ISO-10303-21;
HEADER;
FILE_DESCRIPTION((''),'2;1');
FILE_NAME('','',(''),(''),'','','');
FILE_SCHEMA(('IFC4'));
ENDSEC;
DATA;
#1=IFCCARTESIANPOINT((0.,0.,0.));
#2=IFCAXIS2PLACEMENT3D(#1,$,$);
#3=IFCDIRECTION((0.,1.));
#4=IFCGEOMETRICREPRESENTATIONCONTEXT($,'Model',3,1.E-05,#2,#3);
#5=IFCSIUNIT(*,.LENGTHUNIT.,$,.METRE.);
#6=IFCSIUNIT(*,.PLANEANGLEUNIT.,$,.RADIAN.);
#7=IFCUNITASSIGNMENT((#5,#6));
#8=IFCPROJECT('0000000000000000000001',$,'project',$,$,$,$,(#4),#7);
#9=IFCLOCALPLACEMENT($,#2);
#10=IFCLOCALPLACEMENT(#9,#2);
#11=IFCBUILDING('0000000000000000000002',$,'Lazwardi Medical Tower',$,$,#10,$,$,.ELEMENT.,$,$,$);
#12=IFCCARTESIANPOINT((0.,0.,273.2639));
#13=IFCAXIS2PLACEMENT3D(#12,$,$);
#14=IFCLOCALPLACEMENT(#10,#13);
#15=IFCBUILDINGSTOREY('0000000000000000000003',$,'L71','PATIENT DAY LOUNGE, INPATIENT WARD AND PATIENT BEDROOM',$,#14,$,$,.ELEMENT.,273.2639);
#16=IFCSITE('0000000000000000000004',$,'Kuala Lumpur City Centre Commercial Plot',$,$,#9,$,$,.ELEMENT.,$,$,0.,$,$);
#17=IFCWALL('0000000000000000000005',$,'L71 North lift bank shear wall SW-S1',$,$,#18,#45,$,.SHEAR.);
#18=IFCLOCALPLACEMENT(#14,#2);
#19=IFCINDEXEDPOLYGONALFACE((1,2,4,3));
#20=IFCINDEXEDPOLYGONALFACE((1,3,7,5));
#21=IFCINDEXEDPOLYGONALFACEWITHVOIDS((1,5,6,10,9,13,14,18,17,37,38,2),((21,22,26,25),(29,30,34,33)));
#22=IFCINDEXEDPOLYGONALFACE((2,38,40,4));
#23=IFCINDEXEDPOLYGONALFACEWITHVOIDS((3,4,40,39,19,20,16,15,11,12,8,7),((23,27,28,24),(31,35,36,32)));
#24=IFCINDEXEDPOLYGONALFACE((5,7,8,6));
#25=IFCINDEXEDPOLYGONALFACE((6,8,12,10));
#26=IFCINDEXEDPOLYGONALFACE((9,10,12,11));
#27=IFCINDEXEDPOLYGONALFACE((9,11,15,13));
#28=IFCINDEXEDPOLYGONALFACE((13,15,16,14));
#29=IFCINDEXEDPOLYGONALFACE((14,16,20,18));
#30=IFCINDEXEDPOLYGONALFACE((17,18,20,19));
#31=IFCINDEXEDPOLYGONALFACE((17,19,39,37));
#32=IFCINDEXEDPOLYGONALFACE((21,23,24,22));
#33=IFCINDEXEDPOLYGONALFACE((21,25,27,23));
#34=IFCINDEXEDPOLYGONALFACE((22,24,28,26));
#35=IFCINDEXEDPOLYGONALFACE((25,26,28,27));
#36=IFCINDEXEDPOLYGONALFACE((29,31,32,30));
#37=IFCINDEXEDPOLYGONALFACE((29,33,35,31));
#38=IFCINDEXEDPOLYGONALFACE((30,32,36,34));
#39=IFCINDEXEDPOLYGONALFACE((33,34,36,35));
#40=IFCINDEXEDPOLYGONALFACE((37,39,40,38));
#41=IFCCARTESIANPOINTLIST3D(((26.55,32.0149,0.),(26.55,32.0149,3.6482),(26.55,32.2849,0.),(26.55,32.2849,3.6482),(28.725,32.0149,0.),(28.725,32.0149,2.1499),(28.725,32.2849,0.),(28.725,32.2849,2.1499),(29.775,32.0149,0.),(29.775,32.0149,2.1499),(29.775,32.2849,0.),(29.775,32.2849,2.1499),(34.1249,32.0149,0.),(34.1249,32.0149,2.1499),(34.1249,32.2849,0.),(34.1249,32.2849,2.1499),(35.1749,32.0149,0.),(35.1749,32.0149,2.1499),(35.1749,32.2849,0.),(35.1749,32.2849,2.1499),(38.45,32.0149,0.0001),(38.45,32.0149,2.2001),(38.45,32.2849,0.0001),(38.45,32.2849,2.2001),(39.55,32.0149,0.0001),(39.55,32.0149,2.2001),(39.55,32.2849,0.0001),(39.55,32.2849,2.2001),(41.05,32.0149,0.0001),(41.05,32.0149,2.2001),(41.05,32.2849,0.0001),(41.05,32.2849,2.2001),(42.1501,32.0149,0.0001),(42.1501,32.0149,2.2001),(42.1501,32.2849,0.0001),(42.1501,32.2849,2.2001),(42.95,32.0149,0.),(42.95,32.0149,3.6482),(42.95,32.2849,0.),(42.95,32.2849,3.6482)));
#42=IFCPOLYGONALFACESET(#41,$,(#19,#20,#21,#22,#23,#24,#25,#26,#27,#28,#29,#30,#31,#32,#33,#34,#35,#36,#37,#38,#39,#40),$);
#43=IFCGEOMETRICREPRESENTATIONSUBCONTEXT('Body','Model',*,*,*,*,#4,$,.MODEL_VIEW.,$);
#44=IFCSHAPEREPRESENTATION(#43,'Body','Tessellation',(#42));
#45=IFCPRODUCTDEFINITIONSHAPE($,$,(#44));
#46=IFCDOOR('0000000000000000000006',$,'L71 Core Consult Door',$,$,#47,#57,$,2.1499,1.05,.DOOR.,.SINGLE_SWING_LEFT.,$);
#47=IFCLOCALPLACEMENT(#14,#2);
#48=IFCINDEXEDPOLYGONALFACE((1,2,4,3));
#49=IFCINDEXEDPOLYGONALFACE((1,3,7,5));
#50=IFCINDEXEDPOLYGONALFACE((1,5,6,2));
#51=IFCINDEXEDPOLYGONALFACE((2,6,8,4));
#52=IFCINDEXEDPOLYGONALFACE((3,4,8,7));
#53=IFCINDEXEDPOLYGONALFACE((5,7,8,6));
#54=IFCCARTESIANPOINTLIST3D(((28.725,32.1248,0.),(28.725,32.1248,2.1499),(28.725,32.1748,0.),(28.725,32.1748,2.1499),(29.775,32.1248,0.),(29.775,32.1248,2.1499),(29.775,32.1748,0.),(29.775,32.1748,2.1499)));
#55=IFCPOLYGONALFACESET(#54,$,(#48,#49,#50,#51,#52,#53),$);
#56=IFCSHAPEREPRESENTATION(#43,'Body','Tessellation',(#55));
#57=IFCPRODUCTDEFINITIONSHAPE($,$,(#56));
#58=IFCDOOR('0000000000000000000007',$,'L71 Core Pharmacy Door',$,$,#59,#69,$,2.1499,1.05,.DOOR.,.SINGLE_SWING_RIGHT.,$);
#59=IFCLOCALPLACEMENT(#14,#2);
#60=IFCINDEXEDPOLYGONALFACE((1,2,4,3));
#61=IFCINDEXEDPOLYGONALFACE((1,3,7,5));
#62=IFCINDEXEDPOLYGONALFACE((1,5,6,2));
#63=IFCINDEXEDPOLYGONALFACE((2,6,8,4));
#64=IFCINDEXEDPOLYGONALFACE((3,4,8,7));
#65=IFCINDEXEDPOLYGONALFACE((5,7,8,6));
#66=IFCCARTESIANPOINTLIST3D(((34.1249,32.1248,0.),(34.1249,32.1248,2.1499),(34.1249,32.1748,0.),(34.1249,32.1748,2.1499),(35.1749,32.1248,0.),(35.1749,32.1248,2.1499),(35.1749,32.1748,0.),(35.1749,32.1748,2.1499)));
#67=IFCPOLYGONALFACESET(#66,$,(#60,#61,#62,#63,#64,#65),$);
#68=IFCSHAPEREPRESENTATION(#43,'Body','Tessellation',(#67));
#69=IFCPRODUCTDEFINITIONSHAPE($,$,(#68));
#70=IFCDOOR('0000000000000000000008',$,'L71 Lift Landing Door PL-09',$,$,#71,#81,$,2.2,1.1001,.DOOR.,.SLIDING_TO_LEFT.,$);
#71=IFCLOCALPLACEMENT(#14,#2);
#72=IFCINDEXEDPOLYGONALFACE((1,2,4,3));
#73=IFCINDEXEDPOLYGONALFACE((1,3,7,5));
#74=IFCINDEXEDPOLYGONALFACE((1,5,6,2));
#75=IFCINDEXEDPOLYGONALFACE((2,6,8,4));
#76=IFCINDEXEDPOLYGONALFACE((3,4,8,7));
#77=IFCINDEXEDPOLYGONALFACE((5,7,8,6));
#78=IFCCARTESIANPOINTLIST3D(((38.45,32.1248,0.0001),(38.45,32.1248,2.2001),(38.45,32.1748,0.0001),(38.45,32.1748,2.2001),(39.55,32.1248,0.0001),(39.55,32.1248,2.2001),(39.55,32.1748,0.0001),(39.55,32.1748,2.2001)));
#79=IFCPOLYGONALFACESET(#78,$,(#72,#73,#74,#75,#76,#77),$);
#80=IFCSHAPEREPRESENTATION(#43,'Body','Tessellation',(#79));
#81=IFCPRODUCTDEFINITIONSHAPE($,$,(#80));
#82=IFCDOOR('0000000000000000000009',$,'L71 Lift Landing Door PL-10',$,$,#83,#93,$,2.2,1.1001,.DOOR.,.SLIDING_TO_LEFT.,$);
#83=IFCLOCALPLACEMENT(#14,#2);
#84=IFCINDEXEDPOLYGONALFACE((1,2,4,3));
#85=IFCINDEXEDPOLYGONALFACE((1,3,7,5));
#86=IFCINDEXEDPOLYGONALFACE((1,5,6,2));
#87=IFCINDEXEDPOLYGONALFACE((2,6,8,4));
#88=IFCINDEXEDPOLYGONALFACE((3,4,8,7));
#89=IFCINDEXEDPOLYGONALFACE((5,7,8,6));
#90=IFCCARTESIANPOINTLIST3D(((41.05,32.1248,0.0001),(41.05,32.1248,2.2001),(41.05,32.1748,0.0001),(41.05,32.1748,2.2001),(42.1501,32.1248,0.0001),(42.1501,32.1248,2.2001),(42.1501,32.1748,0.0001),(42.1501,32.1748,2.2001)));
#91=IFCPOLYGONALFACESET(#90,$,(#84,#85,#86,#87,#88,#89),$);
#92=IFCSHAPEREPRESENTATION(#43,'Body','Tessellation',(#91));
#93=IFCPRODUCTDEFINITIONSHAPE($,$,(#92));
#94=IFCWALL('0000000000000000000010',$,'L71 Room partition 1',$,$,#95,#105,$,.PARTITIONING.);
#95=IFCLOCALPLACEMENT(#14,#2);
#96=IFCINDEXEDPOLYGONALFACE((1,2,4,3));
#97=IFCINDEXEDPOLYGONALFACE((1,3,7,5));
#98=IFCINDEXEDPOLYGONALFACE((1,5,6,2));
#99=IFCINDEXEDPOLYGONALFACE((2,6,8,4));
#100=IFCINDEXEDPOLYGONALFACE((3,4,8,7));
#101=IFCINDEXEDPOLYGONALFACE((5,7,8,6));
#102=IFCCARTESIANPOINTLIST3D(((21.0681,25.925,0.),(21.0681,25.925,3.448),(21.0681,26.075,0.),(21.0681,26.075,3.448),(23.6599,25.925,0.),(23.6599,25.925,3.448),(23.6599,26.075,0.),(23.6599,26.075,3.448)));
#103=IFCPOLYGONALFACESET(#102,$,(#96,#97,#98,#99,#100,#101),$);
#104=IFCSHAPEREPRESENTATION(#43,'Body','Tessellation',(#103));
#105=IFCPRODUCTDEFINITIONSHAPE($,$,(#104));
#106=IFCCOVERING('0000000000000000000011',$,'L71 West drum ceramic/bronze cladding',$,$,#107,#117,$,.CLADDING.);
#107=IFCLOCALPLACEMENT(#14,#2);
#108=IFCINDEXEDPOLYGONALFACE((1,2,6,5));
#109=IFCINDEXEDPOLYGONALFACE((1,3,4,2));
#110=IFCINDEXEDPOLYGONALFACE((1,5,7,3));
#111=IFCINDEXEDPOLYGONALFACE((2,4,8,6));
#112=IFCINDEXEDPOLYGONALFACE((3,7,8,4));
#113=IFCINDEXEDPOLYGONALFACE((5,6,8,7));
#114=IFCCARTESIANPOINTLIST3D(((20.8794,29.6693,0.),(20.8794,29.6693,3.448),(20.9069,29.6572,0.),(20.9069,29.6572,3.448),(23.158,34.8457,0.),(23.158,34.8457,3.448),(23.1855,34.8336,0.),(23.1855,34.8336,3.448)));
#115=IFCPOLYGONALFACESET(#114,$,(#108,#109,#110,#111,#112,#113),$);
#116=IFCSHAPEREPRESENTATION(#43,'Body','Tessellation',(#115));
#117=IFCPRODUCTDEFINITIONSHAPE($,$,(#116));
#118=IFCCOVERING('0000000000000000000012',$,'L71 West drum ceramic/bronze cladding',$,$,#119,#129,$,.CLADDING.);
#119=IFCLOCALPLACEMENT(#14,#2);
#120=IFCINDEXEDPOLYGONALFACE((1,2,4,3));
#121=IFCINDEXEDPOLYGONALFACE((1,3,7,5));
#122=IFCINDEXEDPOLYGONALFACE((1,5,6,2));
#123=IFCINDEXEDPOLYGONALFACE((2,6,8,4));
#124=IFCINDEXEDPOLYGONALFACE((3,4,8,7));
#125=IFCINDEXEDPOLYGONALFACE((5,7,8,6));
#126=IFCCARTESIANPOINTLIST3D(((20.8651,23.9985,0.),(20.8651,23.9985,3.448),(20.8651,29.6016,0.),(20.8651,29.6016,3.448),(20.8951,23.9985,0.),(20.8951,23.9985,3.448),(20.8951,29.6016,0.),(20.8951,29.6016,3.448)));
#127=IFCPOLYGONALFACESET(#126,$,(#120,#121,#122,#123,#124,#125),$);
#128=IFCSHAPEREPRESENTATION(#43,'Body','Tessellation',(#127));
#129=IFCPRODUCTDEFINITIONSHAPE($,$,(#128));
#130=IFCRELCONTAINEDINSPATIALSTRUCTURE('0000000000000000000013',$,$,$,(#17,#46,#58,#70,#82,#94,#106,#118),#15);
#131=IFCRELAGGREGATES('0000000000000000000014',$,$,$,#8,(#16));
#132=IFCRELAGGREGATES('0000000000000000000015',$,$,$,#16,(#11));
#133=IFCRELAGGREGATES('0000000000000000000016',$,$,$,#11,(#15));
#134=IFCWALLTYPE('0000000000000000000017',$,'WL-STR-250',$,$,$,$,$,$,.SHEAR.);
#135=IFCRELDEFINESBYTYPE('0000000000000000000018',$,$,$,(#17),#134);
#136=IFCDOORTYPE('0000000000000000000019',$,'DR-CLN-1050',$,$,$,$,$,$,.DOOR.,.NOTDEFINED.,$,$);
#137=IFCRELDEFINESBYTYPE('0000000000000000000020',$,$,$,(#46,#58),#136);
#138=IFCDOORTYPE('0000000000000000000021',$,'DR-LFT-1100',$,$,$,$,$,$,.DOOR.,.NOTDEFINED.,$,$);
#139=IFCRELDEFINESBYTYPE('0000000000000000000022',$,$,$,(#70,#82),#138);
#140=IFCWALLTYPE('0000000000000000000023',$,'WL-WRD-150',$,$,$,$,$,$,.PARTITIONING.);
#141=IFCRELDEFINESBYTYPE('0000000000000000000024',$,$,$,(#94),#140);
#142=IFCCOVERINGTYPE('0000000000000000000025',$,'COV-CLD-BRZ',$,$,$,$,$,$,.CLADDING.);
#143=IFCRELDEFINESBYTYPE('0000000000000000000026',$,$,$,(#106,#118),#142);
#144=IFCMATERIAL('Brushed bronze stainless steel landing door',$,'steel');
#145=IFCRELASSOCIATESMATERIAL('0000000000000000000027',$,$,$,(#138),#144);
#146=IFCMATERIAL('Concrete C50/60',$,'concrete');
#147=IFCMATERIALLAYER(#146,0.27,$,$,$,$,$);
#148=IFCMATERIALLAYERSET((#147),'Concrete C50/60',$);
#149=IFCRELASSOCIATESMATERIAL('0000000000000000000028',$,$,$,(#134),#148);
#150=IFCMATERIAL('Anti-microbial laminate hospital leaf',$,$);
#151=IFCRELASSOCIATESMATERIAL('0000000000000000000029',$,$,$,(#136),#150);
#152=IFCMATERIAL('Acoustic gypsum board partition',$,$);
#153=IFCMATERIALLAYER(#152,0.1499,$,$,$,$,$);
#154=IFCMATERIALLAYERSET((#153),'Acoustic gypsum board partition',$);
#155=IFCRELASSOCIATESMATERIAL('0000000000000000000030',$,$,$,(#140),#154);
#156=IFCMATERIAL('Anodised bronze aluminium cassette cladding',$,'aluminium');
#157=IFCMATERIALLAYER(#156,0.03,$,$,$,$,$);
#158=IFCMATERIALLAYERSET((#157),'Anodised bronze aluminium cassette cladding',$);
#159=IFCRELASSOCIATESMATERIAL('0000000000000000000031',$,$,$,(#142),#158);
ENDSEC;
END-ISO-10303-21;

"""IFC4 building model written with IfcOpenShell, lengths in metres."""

from ifc_helpers import new_model, si_unit, direction, frame, frame_2d, origin, origin_2d, place, context, subcontext, project, spatial, rectangle, extrude, material, layer, layer_set, type_object, element, fill, save


model = new_model("IFC4")

# Units and contexts
model_context = context("Model", 3, precision=1e-05, world=origin(), true_north=direction((0.0, 1.0)))
body_context = subcontext(model_context, "Body", "Model", "MODEL_VIEW")
ifc_project = project(units=[si_unit("LENGTHUNIT", "METRE"), si_unit("PLANEANGLEUNIT", "RADIAN")], contexts=[model_context])

# Site, building, storey
site_placement = place(None, origin())
site = spatial("IfcSite", under=ifc_project, at=site_placement, Name="Kuala Lumpur City Centre Commercial Plot", CompositionType="ELEMENT", RefElevation=0.0)
building_placement = place(site_placement, origin())
building = spatial("IfcBuilding", under=site, at=building_placement, Name="Lazwardi Medical Tower", CompositionType="ELEMENT")
storey_placement = place(building_placement, frame((0.0, 0.0, 273.2639)))
storey = spatial("IfcBuildingStorey", under=building, at=storey_placement, Name="L71", Description="PATIENT DAY LOUNGE, INPATIENT WARD AND PATIENT BEDROOM", CompositionType="ELEMENT", Elevation=273.2639)

# Shared definitions
ifc_material_1 = material(Name="Anti-microbial laminate hospital leaf")
ifc_material_2 = material(Name="Brushed bronze stainless steel landing door", Category="steel")
door_type_1 = type_object("IfcDoorType", Name="DR-LFT-1100", OperationType="NOTDEFINED", PredefinedType="DOOR", material=ifc_material_2)

# Shared definitions
ifc_material_3 = material(Name="Concrete C50/60", Category="concrete")
ifc_layer_1 = layer(ifc_material_3, 0.27)
ifc_layer_set_1 = layer_set([ifc_layer_1], Name="Concrete C50/60")
wall_type_1 = type_object("IfcWallType", Name="WL-STR-250", PredefinedType="SHEAR", material=ifc_layer_set_1)

# Wall, openings, doors
wall_1_placement = place(storey_placement, frame((26.55, 32.1499, 0.0), z_axis=(0.0, 0.0, 1.0), x_axis=(1.0, 0.0, 0.0)))
wall_1 = element("IfcWall", 1, at=wall_1_placement, inside=storey, type_object=wall_type_1, Name="L71 North lift bank shear wall SW-S1", PredefinedType="SHEAR", context=body_context, shape_type="SweptSolid", body=[
    extrude(rectangle(XDim=16.3999, YDim=0.27, at=frame_2d((8.2, 0.0))), origin(), (0.0, 0.0, 1.0), 3.6482),
])
opening_1_placement = place(wall_1_placement, frame((2.175, 0.0, 0.0)))
opening_1 = element("IfcOpeningElement", 2, at=opening_1_placement, cuts=wall_1, PredefinedType="OPENING", context=body_context, shape_type="SweptSolid", body=[
    extrude(rectangle(XDim=1.05, YDim=2.1499, at=frame_2d((0.5249, 1.075))), frame((0.0, 0.145, 0.0), z_axis=(0.0, -1.0, 0.0), x_axis=(1.0, 0.0, 0.0)), (0.0, 0.0, 1.0), 0.29),
])
opening_2_placement = place(wall_1_placement, frame((7.575, 0.0, 0.0)))
opening_2 = element("IfcOpeningElement", 3, at=opening_2_placement, cuts=wall_1, PredefinedType="OPENING", context=body_context, shape_type="SweptSolid", body=[
    extrude(rectangle(XDim=1.05, YDim=2.1499, at=frame_2d((0.5249, 1.075))), frame((0.0, 0.145, 0.0), z_axis=(0.0, -1.0, 0.0), x_axis=(1.0, 0.0, 0.0)), (0.0, 0.0, 1.0), 0.29),
])
opening_3_placement = place(wall_1_placement, frame((11.8999, 0.0, 0.0)))
opening_3 = element("IfcOpeningElement", 4, at=opening_3_placement, cuts=wall_1, PredefinedType="OPENING", context=body_context, shape_type="SweptSolid", body=[
    extrude(rectangle(XDim=1.1001, YDim=2.2, at=frame_2d((0.55, 1.1001))), frame((0.0, 0.145, 0.0), z_axis=(0.0, -1.0, 0.0), x_axis=(1.0, 0.0, 0.0)), (0.0, 0.0, 1.0), 0.29),
])
opening_4_placement = place(wall_1_placement, frame((14.5, 0.0, 0.0)))
opening_4 = element("IfcOpeningElement", 5, at=opening_4_placement, cuts=wall_1, PredefinedType="OPENING", context=body_context, shape_type="SweptSolid", body=[
    extrude(rectangle(XDim=1.1001, YDim=2.2, at=frame_2d((0.55, 1.1001))), frame((0.0, 0.145, 0.0), z_axis=(0.0, -1.0, 0.0), x_axis=(1.0, 0.0, 0.0)), (0.0, 0.0, 1.0), 0.29),
])
door_type_2 = type_object("IfcDoorType", Name="DR-CLN-1050", OperationType="NOTDEFINED", PredefinedType="DOOR", material=ifc_material_1)
door_1_placement = place(opening_1_placement, origin())
door_1 = element("IfcDoor", 6, at=door_1_placement, inside=storey, type_object=door_type_2, Name="L71 Core Consult Door", OperationType="SINGLE_SWING_LEFT", OverallHeight=2.1499, OverallWidth=1.05, PredefinedType="DOOR", context=body_context, shape_type="SweptSolid", body=[
    extrude(rectangle(XDim=1.05, YDim=2.1499, at=frame_2d((0.5249, 1.075))), frame((0.0, 0.0249, 0.0), z_axis=(0.0, -1.0, 0.0), x_axis=(1.0, 0.0, 0.0)), (0.0, 0.0, 1.0), 0.05),
])
fill(opening_1, door_1)
door_2_placement = place(opening_2_placement, origin())
door_2 = element("IfcDoor", 7, at=door_2_placement, inside=storey, type_object=door_type_2, Name="L71 Core Pharmacy Door", OperationType="SINGLE_SWING_RIGHT", OverallHeight=2.1499, OverallWidth=1.05, PredefinedType="DOOR", context=body_context, shape_type="SweptSolid", body=[
    extrude(rectangle(XDim=1.05, YDim=2.1499, at=frame_2d((0.5249, 1.075))), frame((0.0, 0.0249, 0.0), z_axis=(0.0, -1.0, 0.0), x_axis=(1.0, 0.0, 0.0)), (0.0, 0.0, 1.0), 0.05),
])
fill(opening_2, door_2)
door_3_placement = place(opening_3_placement, origin())
door_3 = element("IfcDoor", 8, at=door_3_placement, inside=storey, type_object=door_type_1, Name="L71 Lift Landing Door PL-09", OperationType="SLIDING_TO_LEFT", OverallHeight=2.2, OverallWidth=1.1001, PredefinedType="DOOR", context=body_context, shape_type="SweptSolid", body=[
    extrude(rectangle(XDim=1.1001, YDim=2.2, at=frame_2d((0.55, 1.1001))), frame((0.0, 0.0249, 0.0), z_axis=(0.0, -1.0, 0.0), x_axis=(1.0, 0.0, 0.0)), (0.0, 0.0, 1.0), 0.05),
])
fill(opening_3, door_3)
door_4_placement = place(opening_4_placement, origin())
door_4 = element("IfcDoor", 9, at=door_4_placement, inside=storey, type_object=door_type_1, Name="L71 Lift Landing Door PL-10", OperationType="SLIDING_TO_LEFT", OverallHeight=2.2, OverallWidth=1.1001, PredefinedType="DOOR", context=body_context, shape_type="SweptSolid", body=[
    extrude(rectangle(XDim=1.1001, YDim=2.2, at=frame_2d((0.55, 1.1001))), frame((0.0, 0.0249, 0.0), z_axis=(0.0, -1.0, 0.0), x_axis=(1.0, 0.0, 0.0)), (0.0, 0.0, 1.0), 0.05),
])
fill(opening_4, door_4)

# Wall
ifc_material_4 = material(Name="Acoustic gypsum board partition")
ifc_layer_2 = layer(ifc_material_4, 0.1499)
ifc_layer_set_2 = layer_set([ifc_layer_2], Name="Acoustic gypsum board partition")
wall_type_2 = type_object("IfcWallType", Name="WL-WRD-150", PredefinedType="PARTITIONING", material=ifc_layer_set_2)
wall_2_placement = place(storey_placement, frame((21.0681, 26.0, 0.0), z_axis=(0.0, 0.0, 1.0), x_axis=(1.0, 0.0, 0.0)))
element("IfcWall", 10, at=wall_2_placement, inside=storey, type_object=wall_type_2, Name="L71 Room partition 1", PredefinedType="PARTITIONING", context=body_context, shape_type="SweptSolid", body=[
    extrude(rectangle(XDim=2.5918, YDim=0.1499, at=frame_2d((1.2959, 0.0))), origin(), (0.0, 0.0, 1.0), 3.448),
])

# Coverings
ifc_material_5 = material(Name="Anodised bronze aluminium cassette cladding", Category="aluminium")
ifc_layer_3 = layer(ifc_material_5, 0.03)
ifc_layer_set_3 = layer_set([ifc_layer_3], Name="Anodised bronze aluminium cassette cladding")
covering_type = type_object("IfcCoveringType", Name="COV-CLD-BRZ", PredefinedType="CLADDING", material=ifc_layer_set_3)
covering_1_placement = place(storey_placement, frame((22.0325, 32.2515, 0.0), z_axis=(0.0, 0.0, 1.0), x_axis=(-0.402878, -0.915254, 0.0)))
element("IfcCovering", 11, at=covering_1_placement, inside=storey, type_object=covering_type, Name="L71 West drum ceramic/bronze cladding", PredefinedType="CLADDING", context=body_context, shape_type="SweptSolid", body=[
    extrude(rectangle(XDim=5.6558, YDim=0.03, at=origin_2d()), origin(), (0.0, 0.0, 1.0), 3.448),
])
covering_2_placement = place(storey_placement, frame((20.8801, 26.8, 0.0), z_axis=(0.0, 0.0, 1.0), x_axis=(0.0, -1.0, 0.0)))
element("IfcCovering", 12, at=covering_2_placement, inside=storey, type_object=covering_type, Name="L71 West drum ceramic/bronze cladding", PredefinedType="CLADDING", context=body_context, shape_type="SweptSolid", body=[
    extrude(rectangle(XDim=5.603, YDim=0.03, at=origin_2d()), origin(), (0.0, 0.0, 1.0), 3.448),
])

save(model, "model.ifc")
